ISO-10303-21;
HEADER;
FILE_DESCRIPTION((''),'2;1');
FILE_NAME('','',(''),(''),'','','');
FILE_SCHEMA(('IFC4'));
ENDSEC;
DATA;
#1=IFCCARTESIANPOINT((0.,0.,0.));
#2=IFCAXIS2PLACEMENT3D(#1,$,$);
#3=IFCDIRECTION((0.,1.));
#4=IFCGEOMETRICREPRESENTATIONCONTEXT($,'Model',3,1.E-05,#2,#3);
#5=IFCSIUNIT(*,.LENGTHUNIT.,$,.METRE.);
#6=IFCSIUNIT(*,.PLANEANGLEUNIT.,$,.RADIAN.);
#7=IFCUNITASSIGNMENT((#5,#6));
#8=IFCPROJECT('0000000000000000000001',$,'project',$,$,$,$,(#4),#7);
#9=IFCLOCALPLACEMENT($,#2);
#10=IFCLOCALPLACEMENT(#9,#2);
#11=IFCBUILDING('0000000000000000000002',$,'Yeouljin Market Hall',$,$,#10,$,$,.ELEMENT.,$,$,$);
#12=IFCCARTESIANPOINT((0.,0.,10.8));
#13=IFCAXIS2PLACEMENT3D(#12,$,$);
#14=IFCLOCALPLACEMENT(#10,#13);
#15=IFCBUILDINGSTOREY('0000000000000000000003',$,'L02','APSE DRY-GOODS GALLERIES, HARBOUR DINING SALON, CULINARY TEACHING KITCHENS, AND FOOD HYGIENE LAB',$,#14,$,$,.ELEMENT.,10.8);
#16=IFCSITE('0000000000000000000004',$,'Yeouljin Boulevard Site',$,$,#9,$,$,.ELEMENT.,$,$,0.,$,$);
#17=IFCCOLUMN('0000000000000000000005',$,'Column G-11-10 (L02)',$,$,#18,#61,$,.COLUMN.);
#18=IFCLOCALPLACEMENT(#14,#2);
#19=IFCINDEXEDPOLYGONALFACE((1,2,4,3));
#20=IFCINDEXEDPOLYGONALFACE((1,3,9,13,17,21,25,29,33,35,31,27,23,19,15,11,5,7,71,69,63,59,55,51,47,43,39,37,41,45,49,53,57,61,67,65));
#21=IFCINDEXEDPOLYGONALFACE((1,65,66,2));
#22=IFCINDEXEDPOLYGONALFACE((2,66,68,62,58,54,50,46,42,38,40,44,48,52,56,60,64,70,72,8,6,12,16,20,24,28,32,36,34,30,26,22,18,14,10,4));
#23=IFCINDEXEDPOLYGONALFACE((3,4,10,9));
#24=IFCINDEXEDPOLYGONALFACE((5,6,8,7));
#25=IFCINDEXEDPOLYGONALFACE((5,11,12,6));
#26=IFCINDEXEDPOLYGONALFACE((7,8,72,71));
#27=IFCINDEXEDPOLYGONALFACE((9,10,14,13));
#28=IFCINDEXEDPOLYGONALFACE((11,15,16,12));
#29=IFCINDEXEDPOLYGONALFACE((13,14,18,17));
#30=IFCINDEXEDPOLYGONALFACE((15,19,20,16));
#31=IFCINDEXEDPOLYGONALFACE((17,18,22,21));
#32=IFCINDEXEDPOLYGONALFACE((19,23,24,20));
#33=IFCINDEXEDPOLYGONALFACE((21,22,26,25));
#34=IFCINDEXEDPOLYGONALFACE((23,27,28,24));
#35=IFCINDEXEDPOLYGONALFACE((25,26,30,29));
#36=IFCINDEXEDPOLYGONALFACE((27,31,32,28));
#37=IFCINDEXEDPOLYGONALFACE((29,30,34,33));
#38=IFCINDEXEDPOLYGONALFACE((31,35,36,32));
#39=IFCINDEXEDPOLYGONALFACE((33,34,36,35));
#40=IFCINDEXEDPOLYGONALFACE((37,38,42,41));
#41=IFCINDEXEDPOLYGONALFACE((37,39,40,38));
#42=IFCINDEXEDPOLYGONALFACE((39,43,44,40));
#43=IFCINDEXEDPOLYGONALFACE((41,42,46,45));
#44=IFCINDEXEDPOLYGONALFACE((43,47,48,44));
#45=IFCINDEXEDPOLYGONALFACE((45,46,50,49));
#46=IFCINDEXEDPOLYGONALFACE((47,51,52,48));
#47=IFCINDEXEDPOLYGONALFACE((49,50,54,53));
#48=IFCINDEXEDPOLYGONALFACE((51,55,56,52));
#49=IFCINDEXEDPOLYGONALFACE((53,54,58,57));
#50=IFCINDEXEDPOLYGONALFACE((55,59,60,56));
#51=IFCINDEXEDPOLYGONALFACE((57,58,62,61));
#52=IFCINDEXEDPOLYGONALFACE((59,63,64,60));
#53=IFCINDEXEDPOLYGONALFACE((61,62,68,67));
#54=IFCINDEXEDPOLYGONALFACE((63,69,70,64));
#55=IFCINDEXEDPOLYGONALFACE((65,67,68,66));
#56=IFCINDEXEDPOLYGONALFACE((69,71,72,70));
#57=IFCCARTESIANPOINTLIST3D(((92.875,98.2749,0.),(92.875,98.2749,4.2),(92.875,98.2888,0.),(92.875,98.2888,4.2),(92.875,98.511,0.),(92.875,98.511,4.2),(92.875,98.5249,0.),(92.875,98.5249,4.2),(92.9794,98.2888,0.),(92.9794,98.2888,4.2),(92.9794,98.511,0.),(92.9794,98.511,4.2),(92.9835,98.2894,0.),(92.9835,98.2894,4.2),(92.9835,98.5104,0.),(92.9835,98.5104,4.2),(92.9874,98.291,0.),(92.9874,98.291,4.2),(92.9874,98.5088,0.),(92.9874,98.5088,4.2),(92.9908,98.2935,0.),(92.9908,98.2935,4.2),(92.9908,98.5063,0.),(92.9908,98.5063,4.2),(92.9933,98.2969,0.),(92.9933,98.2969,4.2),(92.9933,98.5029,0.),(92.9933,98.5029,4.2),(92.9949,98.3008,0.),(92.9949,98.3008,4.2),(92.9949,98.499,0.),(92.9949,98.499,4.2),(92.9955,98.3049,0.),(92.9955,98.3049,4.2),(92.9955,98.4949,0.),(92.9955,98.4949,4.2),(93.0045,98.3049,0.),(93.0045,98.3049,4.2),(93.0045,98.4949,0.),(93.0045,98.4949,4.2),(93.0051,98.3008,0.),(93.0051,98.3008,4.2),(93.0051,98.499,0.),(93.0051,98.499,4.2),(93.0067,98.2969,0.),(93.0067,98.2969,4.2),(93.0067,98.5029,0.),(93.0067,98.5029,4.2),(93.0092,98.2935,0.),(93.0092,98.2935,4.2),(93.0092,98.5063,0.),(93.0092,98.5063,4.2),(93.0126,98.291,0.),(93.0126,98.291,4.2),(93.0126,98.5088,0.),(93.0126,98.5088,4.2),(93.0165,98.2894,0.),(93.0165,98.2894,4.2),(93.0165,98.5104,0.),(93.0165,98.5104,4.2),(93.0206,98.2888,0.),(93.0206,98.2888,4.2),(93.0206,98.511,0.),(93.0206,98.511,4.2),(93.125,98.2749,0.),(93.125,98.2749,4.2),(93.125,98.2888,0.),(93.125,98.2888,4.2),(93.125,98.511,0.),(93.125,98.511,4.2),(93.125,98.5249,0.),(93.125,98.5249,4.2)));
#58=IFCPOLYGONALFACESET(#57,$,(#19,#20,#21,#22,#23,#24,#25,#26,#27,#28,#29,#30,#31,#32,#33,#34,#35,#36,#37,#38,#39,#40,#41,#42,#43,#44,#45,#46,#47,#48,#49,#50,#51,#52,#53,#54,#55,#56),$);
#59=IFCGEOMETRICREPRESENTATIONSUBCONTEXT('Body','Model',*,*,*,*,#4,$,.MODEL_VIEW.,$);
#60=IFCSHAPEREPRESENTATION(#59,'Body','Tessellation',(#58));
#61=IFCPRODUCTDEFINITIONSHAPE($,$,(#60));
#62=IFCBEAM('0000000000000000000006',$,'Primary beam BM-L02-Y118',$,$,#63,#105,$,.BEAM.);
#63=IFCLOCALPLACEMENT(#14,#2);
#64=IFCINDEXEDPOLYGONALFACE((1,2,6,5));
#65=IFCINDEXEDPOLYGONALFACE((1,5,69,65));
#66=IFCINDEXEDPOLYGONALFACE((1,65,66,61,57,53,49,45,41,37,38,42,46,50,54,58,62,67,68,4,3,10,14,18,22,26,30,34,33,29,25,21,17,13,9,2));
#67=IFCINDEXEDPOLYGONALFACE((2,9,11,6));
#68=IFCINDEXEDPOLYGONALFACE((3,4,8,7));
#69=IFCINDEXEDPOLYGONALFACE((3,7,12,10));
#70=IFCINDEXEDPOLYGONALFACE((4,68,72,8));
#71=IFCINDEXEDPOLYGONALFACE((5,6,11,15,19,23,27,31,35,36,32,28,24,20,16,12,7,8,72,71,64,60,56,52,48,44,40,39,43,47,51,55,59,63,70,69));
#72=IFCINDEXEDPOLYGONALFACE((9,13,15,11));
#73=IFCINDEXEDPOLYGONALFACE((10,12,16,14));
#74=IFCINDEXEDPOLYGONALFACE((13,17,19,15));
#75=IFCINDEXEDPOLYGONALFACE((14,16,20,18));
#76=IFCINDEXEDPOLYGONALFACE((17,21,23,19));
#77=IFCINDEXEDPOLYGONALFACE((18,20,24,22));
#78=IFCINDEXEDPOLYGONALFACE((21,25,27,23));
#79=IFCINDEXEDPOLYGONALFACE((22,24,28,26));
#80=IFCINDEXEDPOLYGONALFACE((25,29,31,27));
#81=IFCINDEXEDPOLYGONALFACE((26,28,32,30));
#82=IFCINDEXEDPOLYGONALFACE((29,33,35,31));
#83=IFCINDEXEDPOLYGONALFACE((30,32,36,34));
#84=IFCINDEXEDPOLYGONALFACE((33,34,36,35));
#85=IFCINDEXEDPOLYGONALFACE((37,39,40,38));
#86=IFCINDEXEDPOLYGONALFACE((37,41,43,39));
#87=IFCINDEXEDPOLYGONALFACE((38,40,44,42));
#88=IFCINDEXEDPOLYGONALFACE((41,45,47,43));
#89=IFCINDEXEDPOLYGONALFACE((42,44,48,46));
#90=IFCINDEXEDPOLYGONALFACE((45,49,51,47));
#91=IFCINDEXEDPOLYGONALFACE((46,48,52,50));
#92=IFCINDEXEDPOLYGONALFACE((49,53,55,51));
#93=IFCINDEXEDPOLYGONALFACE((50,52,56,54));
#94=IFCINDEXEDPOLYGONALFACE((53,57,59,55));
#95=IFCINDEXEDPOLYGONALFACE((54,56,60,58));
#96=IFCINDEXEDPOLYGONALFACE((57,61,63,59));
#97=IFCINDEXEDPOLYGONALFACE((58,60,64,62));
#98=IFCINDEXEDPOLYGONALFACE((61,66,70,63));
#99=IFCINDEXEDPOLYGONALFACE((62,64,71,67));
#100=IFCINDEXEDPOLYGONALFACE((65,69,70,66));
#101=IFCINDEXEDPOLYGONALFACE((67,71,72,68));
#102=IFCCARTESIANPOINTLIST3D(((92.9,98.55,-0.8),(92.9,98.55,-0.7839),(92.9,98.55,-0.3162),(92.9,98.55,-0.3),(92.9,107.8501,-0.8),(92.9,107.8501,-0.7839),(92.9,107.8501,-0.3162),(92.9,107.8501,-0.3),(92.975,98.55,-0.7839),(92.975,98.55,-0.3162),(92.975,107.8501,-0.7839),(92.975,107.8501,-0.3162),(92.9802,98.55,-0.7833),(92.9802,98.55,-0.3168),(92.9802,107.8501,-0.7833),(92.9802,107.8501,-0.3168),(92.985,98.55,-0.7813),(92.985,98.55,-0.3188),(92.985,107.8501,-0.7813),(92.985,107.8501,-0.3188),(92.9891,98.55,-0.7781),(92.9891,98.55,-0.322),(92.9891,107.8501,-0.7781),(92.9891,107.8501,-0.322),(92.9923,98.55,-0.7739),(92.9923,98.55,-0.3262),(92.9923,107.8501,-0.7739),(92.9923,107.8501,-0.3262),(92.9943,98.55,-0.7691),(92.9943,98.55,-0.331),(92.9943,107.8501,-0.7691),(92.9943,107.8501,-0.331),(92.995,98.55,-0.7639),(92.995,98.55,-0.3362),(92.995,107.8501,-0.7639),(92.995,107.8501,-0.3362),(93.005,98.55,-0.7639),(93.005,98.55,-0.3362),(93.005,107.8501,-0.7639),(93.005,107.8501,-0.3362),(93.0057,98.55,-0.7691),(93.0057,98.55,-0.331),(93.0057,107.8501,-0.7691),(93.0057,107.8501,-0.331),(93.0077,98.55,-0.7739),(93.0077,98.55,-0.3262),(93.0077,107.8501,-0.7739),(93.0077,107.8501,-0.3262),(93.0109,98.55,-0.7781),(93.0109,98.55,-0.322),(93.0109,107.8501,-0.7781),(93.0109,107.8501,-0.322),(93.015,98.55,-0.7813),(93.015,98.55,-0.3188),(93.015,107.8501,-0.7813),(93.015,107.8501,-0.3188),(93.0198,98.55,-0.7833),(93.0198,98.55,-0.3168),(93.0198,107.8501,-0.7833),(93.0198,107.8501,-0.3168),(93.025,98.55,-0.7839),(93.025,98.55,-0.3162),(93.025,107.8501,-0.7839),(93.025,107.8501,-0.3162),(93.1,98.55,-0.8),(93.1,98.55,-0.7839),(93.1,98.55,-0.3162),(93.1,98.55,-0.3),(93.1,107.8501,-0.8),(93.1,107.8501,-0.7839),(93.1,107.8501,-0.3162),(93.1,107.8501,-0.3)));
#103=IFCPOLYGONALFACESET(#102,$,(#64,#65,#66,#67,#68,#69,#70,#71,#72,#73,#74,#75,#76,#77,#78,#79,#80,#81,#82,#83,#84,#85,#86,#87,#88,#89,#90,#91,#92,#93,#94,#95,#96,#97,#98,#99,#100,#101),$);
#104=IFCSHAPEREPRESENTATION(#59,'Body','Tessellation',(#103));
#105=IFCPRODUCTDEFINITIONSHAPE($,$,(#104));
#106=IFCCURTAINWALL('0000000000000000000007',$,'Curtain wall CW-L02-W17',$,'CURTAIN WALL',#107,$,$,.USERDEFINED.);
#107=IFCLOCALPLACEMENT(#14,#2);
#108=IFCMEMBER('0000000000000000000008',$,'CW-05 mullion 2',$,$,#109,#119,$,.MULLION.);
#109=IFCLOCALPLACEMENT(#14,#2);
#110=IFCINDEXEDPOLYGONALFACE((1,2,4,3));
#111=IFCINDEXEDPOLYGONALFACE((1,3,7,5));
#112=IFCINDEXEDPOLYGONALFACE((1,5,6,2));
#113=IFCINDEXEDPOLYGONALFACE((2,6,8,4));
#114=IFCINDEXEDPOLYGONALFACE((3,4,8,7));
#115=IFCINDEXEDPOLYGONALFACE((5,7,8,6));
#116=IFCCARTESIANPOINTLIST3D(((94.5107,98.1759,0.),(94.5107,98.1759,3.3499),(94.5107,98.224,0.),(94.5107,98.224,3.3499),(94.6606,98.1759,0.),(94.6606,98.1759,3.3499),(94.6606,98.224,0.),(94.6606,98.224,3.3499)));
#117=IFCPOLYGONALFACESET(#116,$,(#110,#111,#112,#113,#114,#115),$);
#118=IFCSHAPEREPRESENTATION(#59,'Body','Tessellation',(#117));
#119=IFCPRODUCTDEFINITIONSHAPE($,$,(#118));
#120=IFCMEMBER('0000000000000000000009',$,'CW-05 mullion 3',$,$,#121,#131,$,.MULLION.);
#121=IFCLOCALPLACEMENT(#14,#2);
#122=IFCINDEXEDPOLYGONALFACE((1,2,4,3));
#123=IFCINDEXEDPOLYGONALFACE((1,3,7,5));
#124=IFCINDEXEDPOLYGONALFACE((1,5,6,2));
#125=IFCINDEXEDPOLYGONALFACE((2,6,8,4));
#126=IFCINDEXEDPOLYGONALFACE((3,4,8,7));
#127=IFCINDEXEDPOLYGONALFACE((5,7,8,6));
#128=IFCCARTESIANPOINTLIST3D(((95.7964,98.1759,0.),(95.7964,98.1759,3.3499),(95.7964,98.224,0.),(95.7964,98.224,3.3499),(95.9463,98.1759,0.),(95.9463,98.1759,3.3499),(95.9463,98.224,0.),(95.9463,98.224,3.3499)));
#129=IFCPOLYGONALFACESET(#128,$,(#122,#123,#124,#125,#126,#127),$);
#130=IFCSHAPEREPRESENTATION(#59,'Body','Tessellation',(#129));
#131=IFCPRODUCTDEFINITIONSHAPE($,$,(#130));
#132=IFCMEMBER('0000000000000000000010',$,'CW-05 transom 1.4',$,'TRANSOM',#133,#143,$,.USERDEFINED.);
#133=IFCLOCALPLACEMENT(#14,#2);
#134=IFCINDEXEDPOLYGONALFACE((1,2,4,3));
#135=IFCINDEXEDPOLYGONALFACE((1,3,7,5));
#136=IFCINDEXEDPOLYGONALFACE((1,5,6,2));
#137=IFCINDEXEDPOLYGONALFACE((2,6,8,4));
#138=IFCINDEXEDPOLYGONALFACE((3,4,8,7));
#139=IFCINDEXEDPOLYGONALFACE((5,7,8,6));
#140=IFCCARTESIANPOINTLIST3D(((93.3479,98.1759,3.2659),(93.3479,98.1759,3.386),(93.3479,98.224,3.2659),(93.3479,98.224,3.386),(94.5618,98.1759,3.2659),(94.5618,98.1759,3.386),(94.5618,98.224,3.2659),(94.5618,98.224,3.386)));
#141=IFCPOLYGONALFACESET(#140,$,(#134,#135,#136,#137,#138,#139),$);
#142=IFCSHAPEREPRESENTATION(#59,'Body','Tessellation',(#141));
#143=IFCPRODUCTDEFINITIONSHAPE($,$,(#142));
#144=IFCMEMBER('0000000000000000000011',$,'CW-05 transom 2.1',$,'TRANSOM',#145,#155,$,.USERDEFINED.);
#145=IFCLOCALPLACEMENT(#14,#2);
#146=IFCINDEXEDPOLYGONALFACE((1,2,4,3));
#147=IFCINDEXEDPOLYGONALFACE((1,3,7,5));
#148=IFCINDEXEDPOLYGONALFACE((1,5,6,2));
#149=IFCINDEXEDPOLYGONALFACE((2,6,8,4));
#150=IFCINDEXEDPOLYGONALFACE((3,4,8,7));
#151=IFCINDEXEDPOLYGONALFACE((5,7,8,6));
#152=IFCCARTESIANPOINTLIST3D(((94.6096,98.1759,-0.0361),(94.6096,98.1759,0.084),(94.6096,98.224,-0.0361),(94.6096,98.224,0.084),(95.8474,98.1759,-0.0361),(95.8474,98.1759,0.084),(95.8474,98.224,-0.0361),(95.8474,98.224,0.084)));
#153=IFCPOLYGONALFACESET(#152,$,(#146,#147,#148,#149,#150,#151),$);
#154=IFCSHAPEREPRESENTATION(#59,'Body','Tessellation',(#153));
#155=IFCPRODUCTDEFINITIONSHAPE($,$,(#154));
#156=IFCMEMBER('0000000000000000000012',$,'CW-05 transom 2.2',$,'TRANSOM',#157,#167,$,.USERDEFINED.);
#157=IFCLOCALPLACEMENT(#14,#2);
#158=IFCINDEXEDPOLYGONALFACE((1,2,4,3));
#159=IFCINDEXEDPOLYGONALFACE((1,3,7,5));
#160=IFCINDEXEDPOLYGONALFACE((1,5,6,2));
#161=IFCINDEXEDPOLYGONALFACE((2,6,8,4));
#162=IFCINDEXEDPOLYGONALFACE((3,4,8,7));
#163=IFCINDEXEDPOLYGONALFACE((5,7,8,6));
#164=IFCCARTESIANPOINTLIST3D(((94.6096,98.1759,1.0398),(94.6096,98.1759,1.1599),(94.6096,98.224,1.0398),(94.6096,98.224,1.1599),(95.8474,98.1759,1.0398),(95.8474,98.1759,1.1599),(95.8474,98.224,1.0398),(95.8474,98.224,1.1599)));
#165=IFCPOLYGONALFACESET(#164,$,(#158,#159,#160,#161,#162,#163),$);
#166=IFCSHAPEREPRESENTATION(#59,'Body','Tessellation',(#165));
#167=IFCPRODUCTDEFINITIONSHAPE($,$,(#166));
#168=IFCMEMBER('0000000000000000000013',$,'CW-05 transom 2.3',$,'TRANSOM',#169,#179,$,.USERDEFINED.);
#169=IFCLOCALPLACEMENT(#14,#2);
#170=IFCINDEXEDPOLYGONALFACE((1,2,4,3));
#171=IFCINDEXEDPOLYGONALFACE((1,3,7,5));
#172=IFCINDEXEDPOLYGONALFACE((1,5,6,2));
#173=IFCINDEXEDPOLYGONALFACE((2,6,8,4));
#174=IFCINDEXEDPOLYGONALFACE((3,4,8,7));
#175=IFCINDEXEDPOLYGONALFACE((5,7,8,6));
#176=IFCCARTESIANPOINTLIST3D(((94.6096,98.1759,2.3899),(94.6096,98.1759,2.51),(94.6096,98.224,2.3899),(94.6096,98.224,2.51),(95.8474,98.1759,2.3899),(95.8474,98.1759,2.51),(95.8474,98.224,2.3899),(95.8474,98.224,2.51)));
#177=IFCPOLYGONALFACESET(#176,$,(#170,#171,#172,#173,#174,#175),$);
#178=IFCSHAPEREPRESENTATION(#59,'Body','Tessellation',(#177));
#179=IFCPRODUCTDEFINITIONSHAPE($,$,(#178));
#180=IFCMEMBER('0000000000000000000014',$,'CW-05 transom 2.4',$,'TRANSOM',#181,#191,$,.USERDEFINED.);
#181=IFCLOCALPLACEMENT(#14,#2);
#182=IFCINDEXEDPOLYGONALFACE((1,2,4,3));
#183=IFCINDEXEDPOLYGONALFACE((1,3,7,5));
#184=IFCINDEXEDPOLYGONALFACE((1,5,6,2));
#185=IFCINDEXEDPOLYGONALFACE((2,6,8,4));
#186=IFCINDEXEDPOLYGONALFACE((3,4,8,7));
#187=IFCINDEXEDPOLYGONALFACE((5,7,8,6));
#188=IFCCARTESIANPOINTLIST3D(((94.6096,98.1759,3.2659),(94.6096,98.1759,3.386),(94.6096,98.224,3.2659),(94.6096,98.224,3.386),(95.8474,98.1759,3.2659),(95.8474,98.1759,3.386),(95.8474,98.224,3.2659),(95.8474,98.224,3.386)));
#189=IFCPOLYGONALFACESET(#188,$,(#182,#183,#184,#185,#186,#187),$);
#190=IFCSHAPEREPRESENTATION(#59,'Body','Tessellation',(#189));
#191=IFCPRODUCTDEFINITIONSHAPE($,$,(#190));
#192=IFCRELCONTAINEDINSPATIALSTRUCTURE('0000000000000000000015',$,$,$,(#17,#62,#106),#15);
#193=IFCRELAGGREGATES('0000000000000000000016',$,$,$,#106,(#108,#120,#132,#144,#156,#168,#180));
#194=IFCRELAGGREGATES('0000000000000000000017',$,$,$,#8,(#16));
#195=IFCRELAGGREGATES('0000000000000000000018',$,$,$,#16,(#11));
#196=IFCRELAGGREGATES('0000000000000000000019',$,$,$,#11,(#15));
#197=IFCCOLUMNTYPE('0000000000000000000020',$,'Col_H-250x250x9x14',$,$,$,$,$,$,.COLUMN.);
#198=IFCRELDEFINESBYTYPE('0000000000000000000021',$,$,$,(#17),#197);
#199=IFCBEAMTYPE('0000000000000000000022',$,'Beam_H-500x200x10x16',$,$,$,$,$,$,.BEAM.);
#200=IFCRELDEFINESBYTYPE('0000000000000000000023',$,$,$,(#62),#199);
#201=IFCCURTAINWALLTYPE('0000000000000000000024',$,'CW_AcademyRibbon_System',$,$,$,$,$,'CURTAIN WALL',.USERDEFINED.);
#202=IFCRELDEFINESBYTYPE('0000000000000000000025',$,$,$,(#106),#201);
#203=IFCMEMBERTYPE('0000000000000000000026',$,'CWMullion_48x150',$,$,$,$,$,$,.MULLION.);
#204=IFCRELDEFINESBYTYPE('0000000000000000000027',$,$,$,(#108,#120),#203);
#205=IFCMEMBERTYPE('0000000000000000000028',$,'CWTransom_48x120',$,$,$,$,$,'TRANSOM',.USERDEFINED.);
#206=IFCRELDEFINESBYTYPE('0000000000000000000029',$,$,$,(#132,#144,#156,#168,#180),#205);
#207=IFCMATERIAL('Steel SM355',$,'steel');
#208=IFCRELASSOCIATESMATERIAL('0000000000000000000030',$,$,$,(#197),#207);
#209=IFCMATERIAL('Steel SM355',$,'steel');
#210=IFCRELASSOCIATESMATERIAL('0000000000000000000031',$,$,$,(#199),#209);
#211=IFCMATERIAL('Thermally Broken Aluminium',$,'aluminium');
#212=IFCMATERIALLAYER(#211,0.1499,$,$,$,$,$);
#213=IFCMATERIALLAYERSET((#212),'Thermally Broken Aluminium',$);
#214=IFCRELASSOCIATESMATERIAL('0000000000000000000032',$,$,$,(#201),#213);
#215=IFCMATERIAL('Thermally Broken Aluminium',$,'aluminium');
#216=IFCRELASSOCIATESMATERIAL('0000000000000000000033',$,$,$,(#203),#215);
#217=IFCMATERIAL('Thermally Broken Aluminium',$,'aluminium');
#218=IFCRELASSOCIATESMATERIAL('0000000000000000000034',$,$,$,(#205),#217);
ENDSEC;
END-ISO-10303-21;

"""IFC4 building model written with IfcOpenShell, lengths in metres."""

from ifc_helpers import new_model, si_unit, direction, frame, origin, origin_2d, place, context, subcontext, project, spatial, rectangle, i_section, extrude, material, layer, layer_set, material_profile, profile_set, type_object, element, aggregate, save


model = new_model("IFC4")

# Units and contexts
model_context = context("Model", 3, precision=1e-05, world=origin(), true_north=direction((0.0, 1.0)))
body_context = subcontext(model_context, "Body", "Model", "MODEL_VIEW")
ifc_project = project(units=[si_unit("LENGTHUNIT", "METRE"), si_unit("PLANEANGLEUNIT", "RADIAN")], contexts=[model_context])

# Site, building, storey
site_placement = place(None, origin())
site = spatial("IfcSite", under=ifc_project, at=site_placement, Name="Yeouljin Boulevard Site", CompositionType="ELEMENT", RefElevation=0.0)
building_placement = place(site_placement, origin())
building = spatial("IfcBuilding", under=site, at=building_placement, Name="Yeouljin Market Hall", CompositionType="ELEMENT")
storey_placement = place(building_placement, frame((0.0, 0.0, 10.8)))
storey = spatial("IfcBuildingStorey", under=building, at=storey_placement, Name="L02", Description="APSE DRY-GOODS GALLERIES, HARBOUR DINING SALON, CULINARY TEACHING KITCHENS, AND FOOD HYGIENE LAB", CompositionType="ELEMENT", Elevation=10.8)

# Column
ifc_material_1 = material(Name="Steel SM355", Category="steel")
ifc_material_profile_1 = material_profile(ifc_material_1, i_section(OverallWidth=0.25, OverallDepth=0.25, WebThickness=0.009, FlangeThickness=0.0139, FilletRadius=0.0161, at=origin_2d()), Name="H-250x250x9x14")
ifc_profile_set_1 = profile_set([ifc_material_profile_1], Name="Steel SM355")
column_type = type_object("IfcColumnType", Name="Col_H-250x250x9x14", PredefinedType="COLUMN", material=ifc_profile_set_1)
column_placement = place(storey_placement, frame((93.0, 98.3999, 0.0), z_axis=(0.0, 0.0, 1.0), x_axis=(1.0, 0.0, 0.0)))
element("IfcColumn", 1, at=column_placement, inside=storey, type_object=column_type, Name="Column G-11-10 (L02)", PredefinedType="COLUMN", context=body_context, shape_type="SweptSolid", body=[
    extrude(i_section(OverallWidth=0.25, OverallDepth=0.25, WebThickness=0.009, FlangeThickness=0.0139, FilletRadius=0.0161, at=origin_2d()), origin(), (0.0, 0.0, 1.0), 4.2),
])

# Beam
ifc_material_2 = material(Name="Steel SM355", Category="steel")
ifc_material_profile_2 = material_profile(ifc_material_2, i_section(OverallWidth=0.2, OverallDepth=0.5, WebThickness=0.01, FlangeThickness=0.0161, FilletRadius=0.02, at=origin_2d()), Name="H-500x200x10x16")
ifc_profile_set_2 = profile_set([ifc_material_profile_2], Name="Steel SM355")
beam_type_1 = type_object("IfcBeamType", Name="Beam_H-500x200x10x16", PredefinedType="BEAM", material=ifc_profile_set_2)
beam_placement = place(storey_placement, frame((93.0, 98.55, -0.55), z_axis=(0.0, 1.0, 0.0), x_axis=(-1.0, 0.0, 0.0)))
element("IfcBeam", 2, at=beam_placement, inside=storey, type_object=beam_type_1, Name="Primary beam BM-L02-Y118", PredefinedType="BEAM", context=body_context, shape_type="SweptSolid", body=[
    extrude(i_section(OverallWidth=0.2, OverallDepth=0.5, WebThickness=0.01, FlangeThickness=0.0161, FilletRadius=0.02, at=origin_2d()), origin(), (0.0, 0.0, 1.0), 9.3),
])

# Curtain wall, members
ifc_material_3 = material(Name="Thermally Broken Aluminium", Category="aluminium")
ifc_layer_1 = layer(ifc_material_3, 0.1499)
ifc_layer_set_1 = layer_set([ifc_layer_1], Name="Thermally Broken Aluminium")
curtain_wall_type = type_object("IfcCurtainWallType", Name="CW_AcademyRibbon_System", ElementType="CURTAIN WALL", PredefinedType="USERDEFINED", material=ifc_layer_set_1)
curtain_wall_placement = place(storey_placement, origin())
curtain_wall = element("IfcCurtainWall", 3, at=curtain_wall_placement, inside=storey, type_object=curtain_wall_type, Name="Curtain wall CW-L02-W17", ObjectType="CURTAIN WALL", PredefinedType="USERDEFINED")
ifc_material_4 = material(Name="Thermally Broken Aluminium", Category="aluminium")
ifc_material_profile_3 = material_profile(ifc_material_4, rectangle(XDim=0.0481, YDim=0.1499, at=origin_2d()), Name="CW-MULL-48x150")
ifc_profile_set_3 = profile_set([ifc_material_profile_3], Name="Thermally Broken Aluminium")
member_type_1 = type_object("IfcMemberType", Name="CWMullion_48x150", PredefinedType="MULLION", material=ifc_profile_set_3)
member_1_placement = place(storey_placement, frame((94.5857, 98.2, 0.0), z_axis=(0.0, 0.0, 1.0), x_axis=(0.0, 1.0, 0.0)))
member_1 = element("IfcMember", 4, at=member_1_placement, type_object=member_type_1, Name="CW-05 mullion 2", PredefinedType="MULLION", context=body_context, shape_type="SweptSolid", body=[
    extrude(rectangle(XDim=0.0481, YDim=0.1499, at=origin_2d()), origin(), (0.0, 0.0, 1.0), 3.3499),
])
member_2_placement = place(storey_placement, frame((95.8713, 98.2, 0.0), z_axis=(0.0, 0.0, 1.0), x_axis=(0.0, 1.0, 0.0)))
member_2 = element("IfcMember", 5, at=member_2_placement, type_object=member_type_1, Name="CW-05 mullion 3", PredefinedType="MULLION", context=body_context, shape_type="SweptSolid", body=[
    extrude(rectangle(XDim=0.0481, YDim=0.1499, at=origin_2d()), origin(), (0.0, 0.0, 1.0), 3.3499),
])
ifc_material_5 = material(Name="Thermally Broken Aluminium", Category="aluminium")
ifc_material_profile_4 = material_profile(ifc_material_5, rectangle(XDim=0.0481, YDim=0.1201, at=origin_2d()), Name="CW-TRAN-48x120")
ifc_profile_set_4 = profile_set([ifc_material_profile_4], Name="Thermally Broken Aluminium")
member_type_2 = type_object("IfcMemberType", Name="CWTransom_48x120", ElementType="TRANSOM", PredefinedType="USERDEFINED", material=ifc_profile_set_4)
member_3_placement = place(storey_placement, frame((93.3479, 98.2, 3.3259), z_axis=(1.0, 0.0, 0.0), x_axis=(0.0, 1.0, 0.0)))
member_3 = element("IfcMember", 6, at=member_3_placement, type_object=member_type_2, Name="CW-05 transom 1.4", ObjectType="TRANSOM", PredefinedType="USERDEFINED", context=body_context, shape_type="SweptSolid", body=[
    extrude(rectangle(XDim=0.0481, YDim=0.1201, at=origin_2d()), origin(), (0.0, 0.0, 1.0), 1.2139),
])
member_4_placement = place(storey_placement, frame((94.6096, 98.2, 0.0239), z_axis=(1.0, 0.0, 0.0), x_axis=(0.0, 1.0, 0.0)))
member_4 = element("IfcMember", 7, at=member_4_placement, type_object=member_type_2, Name="CW-05 transom 2.1", ObjectType="TRANSOM", PredefinedType="USERDEFINED", context=body_context, shape_type="SweptSolid", body=[
    extrude(rectangle(XDim=0.0481, YDim=0.1201, at=origin_2d()), origin(), (0.0, 0.0, 1.0), 1.2378),
])
member_5_placement = place(storey_placement, frame((94.6096, 98.2, 1.0999), z_axis=(1.0, 0.0, 0.0), x_axis=(0.0, 1.0, 0.0)))
member_5 = element("IfcMember", 8, at=member_5_placement, type_object=member_type_2, Name="CW-05 transom 2.2", ObjectType="TRANSOM", PredefinedType="USERDEFINED", context=body_context, shape_type="SweptSolid", body=[
    extrude(rectangle(XDim=0.0481, YDim=0.1201, at=origin_2d()), origin(), (0.0, 0.0, 1.0), 1.2378),
])
member_6_placement = place(storey_placement, frame((94.6096, 98.2, 2.45), z_axis=(1.0, 0.0, 0.0), x_axis=(0.0, 1.0, 0.0)))
member_6 = element("IfcMember", 9, at=member_6_placement, type_object=member_type_2, Name="CW-05 transom 2.3", ObjectType="TRANSOM", PredefinedType="USERDEFINED", context=body_context, shape_type="SweptSolid", body=[
    extrude(rectangle(XDim=0.0481, YDim=0.1201, at=origin_2d()), origin(), (0.0, 0.0, 1.0), 1.2378),
])
member_7_placement = place(storey_placement, frame((94.6096, 98.2, 3.3259), z_axis=(1.0, 0.0, 0.0), x_axis=(0.0, 1.0, 0.0)))
member_7 = element("IfcMember", 10, at=member_7_placement, type_object=member_type_2, Name="CW-05 transom 2.4", ObjectType="TRANSOM", PredefinedType="USERDEFINED", context=body_context, shape_type="SweptSolid", body=[
    extrude(rectangle(XDim=0.0481, YDim=0.1201, at=origin_2d()), origin(), (0.0, 0.0, 1.0), 1.2378),
])

aggregate(curtain_wall, [member_1, member_2, member_3, member_4, member_5, member_6, member_7])

save(model, "model.ifc")
